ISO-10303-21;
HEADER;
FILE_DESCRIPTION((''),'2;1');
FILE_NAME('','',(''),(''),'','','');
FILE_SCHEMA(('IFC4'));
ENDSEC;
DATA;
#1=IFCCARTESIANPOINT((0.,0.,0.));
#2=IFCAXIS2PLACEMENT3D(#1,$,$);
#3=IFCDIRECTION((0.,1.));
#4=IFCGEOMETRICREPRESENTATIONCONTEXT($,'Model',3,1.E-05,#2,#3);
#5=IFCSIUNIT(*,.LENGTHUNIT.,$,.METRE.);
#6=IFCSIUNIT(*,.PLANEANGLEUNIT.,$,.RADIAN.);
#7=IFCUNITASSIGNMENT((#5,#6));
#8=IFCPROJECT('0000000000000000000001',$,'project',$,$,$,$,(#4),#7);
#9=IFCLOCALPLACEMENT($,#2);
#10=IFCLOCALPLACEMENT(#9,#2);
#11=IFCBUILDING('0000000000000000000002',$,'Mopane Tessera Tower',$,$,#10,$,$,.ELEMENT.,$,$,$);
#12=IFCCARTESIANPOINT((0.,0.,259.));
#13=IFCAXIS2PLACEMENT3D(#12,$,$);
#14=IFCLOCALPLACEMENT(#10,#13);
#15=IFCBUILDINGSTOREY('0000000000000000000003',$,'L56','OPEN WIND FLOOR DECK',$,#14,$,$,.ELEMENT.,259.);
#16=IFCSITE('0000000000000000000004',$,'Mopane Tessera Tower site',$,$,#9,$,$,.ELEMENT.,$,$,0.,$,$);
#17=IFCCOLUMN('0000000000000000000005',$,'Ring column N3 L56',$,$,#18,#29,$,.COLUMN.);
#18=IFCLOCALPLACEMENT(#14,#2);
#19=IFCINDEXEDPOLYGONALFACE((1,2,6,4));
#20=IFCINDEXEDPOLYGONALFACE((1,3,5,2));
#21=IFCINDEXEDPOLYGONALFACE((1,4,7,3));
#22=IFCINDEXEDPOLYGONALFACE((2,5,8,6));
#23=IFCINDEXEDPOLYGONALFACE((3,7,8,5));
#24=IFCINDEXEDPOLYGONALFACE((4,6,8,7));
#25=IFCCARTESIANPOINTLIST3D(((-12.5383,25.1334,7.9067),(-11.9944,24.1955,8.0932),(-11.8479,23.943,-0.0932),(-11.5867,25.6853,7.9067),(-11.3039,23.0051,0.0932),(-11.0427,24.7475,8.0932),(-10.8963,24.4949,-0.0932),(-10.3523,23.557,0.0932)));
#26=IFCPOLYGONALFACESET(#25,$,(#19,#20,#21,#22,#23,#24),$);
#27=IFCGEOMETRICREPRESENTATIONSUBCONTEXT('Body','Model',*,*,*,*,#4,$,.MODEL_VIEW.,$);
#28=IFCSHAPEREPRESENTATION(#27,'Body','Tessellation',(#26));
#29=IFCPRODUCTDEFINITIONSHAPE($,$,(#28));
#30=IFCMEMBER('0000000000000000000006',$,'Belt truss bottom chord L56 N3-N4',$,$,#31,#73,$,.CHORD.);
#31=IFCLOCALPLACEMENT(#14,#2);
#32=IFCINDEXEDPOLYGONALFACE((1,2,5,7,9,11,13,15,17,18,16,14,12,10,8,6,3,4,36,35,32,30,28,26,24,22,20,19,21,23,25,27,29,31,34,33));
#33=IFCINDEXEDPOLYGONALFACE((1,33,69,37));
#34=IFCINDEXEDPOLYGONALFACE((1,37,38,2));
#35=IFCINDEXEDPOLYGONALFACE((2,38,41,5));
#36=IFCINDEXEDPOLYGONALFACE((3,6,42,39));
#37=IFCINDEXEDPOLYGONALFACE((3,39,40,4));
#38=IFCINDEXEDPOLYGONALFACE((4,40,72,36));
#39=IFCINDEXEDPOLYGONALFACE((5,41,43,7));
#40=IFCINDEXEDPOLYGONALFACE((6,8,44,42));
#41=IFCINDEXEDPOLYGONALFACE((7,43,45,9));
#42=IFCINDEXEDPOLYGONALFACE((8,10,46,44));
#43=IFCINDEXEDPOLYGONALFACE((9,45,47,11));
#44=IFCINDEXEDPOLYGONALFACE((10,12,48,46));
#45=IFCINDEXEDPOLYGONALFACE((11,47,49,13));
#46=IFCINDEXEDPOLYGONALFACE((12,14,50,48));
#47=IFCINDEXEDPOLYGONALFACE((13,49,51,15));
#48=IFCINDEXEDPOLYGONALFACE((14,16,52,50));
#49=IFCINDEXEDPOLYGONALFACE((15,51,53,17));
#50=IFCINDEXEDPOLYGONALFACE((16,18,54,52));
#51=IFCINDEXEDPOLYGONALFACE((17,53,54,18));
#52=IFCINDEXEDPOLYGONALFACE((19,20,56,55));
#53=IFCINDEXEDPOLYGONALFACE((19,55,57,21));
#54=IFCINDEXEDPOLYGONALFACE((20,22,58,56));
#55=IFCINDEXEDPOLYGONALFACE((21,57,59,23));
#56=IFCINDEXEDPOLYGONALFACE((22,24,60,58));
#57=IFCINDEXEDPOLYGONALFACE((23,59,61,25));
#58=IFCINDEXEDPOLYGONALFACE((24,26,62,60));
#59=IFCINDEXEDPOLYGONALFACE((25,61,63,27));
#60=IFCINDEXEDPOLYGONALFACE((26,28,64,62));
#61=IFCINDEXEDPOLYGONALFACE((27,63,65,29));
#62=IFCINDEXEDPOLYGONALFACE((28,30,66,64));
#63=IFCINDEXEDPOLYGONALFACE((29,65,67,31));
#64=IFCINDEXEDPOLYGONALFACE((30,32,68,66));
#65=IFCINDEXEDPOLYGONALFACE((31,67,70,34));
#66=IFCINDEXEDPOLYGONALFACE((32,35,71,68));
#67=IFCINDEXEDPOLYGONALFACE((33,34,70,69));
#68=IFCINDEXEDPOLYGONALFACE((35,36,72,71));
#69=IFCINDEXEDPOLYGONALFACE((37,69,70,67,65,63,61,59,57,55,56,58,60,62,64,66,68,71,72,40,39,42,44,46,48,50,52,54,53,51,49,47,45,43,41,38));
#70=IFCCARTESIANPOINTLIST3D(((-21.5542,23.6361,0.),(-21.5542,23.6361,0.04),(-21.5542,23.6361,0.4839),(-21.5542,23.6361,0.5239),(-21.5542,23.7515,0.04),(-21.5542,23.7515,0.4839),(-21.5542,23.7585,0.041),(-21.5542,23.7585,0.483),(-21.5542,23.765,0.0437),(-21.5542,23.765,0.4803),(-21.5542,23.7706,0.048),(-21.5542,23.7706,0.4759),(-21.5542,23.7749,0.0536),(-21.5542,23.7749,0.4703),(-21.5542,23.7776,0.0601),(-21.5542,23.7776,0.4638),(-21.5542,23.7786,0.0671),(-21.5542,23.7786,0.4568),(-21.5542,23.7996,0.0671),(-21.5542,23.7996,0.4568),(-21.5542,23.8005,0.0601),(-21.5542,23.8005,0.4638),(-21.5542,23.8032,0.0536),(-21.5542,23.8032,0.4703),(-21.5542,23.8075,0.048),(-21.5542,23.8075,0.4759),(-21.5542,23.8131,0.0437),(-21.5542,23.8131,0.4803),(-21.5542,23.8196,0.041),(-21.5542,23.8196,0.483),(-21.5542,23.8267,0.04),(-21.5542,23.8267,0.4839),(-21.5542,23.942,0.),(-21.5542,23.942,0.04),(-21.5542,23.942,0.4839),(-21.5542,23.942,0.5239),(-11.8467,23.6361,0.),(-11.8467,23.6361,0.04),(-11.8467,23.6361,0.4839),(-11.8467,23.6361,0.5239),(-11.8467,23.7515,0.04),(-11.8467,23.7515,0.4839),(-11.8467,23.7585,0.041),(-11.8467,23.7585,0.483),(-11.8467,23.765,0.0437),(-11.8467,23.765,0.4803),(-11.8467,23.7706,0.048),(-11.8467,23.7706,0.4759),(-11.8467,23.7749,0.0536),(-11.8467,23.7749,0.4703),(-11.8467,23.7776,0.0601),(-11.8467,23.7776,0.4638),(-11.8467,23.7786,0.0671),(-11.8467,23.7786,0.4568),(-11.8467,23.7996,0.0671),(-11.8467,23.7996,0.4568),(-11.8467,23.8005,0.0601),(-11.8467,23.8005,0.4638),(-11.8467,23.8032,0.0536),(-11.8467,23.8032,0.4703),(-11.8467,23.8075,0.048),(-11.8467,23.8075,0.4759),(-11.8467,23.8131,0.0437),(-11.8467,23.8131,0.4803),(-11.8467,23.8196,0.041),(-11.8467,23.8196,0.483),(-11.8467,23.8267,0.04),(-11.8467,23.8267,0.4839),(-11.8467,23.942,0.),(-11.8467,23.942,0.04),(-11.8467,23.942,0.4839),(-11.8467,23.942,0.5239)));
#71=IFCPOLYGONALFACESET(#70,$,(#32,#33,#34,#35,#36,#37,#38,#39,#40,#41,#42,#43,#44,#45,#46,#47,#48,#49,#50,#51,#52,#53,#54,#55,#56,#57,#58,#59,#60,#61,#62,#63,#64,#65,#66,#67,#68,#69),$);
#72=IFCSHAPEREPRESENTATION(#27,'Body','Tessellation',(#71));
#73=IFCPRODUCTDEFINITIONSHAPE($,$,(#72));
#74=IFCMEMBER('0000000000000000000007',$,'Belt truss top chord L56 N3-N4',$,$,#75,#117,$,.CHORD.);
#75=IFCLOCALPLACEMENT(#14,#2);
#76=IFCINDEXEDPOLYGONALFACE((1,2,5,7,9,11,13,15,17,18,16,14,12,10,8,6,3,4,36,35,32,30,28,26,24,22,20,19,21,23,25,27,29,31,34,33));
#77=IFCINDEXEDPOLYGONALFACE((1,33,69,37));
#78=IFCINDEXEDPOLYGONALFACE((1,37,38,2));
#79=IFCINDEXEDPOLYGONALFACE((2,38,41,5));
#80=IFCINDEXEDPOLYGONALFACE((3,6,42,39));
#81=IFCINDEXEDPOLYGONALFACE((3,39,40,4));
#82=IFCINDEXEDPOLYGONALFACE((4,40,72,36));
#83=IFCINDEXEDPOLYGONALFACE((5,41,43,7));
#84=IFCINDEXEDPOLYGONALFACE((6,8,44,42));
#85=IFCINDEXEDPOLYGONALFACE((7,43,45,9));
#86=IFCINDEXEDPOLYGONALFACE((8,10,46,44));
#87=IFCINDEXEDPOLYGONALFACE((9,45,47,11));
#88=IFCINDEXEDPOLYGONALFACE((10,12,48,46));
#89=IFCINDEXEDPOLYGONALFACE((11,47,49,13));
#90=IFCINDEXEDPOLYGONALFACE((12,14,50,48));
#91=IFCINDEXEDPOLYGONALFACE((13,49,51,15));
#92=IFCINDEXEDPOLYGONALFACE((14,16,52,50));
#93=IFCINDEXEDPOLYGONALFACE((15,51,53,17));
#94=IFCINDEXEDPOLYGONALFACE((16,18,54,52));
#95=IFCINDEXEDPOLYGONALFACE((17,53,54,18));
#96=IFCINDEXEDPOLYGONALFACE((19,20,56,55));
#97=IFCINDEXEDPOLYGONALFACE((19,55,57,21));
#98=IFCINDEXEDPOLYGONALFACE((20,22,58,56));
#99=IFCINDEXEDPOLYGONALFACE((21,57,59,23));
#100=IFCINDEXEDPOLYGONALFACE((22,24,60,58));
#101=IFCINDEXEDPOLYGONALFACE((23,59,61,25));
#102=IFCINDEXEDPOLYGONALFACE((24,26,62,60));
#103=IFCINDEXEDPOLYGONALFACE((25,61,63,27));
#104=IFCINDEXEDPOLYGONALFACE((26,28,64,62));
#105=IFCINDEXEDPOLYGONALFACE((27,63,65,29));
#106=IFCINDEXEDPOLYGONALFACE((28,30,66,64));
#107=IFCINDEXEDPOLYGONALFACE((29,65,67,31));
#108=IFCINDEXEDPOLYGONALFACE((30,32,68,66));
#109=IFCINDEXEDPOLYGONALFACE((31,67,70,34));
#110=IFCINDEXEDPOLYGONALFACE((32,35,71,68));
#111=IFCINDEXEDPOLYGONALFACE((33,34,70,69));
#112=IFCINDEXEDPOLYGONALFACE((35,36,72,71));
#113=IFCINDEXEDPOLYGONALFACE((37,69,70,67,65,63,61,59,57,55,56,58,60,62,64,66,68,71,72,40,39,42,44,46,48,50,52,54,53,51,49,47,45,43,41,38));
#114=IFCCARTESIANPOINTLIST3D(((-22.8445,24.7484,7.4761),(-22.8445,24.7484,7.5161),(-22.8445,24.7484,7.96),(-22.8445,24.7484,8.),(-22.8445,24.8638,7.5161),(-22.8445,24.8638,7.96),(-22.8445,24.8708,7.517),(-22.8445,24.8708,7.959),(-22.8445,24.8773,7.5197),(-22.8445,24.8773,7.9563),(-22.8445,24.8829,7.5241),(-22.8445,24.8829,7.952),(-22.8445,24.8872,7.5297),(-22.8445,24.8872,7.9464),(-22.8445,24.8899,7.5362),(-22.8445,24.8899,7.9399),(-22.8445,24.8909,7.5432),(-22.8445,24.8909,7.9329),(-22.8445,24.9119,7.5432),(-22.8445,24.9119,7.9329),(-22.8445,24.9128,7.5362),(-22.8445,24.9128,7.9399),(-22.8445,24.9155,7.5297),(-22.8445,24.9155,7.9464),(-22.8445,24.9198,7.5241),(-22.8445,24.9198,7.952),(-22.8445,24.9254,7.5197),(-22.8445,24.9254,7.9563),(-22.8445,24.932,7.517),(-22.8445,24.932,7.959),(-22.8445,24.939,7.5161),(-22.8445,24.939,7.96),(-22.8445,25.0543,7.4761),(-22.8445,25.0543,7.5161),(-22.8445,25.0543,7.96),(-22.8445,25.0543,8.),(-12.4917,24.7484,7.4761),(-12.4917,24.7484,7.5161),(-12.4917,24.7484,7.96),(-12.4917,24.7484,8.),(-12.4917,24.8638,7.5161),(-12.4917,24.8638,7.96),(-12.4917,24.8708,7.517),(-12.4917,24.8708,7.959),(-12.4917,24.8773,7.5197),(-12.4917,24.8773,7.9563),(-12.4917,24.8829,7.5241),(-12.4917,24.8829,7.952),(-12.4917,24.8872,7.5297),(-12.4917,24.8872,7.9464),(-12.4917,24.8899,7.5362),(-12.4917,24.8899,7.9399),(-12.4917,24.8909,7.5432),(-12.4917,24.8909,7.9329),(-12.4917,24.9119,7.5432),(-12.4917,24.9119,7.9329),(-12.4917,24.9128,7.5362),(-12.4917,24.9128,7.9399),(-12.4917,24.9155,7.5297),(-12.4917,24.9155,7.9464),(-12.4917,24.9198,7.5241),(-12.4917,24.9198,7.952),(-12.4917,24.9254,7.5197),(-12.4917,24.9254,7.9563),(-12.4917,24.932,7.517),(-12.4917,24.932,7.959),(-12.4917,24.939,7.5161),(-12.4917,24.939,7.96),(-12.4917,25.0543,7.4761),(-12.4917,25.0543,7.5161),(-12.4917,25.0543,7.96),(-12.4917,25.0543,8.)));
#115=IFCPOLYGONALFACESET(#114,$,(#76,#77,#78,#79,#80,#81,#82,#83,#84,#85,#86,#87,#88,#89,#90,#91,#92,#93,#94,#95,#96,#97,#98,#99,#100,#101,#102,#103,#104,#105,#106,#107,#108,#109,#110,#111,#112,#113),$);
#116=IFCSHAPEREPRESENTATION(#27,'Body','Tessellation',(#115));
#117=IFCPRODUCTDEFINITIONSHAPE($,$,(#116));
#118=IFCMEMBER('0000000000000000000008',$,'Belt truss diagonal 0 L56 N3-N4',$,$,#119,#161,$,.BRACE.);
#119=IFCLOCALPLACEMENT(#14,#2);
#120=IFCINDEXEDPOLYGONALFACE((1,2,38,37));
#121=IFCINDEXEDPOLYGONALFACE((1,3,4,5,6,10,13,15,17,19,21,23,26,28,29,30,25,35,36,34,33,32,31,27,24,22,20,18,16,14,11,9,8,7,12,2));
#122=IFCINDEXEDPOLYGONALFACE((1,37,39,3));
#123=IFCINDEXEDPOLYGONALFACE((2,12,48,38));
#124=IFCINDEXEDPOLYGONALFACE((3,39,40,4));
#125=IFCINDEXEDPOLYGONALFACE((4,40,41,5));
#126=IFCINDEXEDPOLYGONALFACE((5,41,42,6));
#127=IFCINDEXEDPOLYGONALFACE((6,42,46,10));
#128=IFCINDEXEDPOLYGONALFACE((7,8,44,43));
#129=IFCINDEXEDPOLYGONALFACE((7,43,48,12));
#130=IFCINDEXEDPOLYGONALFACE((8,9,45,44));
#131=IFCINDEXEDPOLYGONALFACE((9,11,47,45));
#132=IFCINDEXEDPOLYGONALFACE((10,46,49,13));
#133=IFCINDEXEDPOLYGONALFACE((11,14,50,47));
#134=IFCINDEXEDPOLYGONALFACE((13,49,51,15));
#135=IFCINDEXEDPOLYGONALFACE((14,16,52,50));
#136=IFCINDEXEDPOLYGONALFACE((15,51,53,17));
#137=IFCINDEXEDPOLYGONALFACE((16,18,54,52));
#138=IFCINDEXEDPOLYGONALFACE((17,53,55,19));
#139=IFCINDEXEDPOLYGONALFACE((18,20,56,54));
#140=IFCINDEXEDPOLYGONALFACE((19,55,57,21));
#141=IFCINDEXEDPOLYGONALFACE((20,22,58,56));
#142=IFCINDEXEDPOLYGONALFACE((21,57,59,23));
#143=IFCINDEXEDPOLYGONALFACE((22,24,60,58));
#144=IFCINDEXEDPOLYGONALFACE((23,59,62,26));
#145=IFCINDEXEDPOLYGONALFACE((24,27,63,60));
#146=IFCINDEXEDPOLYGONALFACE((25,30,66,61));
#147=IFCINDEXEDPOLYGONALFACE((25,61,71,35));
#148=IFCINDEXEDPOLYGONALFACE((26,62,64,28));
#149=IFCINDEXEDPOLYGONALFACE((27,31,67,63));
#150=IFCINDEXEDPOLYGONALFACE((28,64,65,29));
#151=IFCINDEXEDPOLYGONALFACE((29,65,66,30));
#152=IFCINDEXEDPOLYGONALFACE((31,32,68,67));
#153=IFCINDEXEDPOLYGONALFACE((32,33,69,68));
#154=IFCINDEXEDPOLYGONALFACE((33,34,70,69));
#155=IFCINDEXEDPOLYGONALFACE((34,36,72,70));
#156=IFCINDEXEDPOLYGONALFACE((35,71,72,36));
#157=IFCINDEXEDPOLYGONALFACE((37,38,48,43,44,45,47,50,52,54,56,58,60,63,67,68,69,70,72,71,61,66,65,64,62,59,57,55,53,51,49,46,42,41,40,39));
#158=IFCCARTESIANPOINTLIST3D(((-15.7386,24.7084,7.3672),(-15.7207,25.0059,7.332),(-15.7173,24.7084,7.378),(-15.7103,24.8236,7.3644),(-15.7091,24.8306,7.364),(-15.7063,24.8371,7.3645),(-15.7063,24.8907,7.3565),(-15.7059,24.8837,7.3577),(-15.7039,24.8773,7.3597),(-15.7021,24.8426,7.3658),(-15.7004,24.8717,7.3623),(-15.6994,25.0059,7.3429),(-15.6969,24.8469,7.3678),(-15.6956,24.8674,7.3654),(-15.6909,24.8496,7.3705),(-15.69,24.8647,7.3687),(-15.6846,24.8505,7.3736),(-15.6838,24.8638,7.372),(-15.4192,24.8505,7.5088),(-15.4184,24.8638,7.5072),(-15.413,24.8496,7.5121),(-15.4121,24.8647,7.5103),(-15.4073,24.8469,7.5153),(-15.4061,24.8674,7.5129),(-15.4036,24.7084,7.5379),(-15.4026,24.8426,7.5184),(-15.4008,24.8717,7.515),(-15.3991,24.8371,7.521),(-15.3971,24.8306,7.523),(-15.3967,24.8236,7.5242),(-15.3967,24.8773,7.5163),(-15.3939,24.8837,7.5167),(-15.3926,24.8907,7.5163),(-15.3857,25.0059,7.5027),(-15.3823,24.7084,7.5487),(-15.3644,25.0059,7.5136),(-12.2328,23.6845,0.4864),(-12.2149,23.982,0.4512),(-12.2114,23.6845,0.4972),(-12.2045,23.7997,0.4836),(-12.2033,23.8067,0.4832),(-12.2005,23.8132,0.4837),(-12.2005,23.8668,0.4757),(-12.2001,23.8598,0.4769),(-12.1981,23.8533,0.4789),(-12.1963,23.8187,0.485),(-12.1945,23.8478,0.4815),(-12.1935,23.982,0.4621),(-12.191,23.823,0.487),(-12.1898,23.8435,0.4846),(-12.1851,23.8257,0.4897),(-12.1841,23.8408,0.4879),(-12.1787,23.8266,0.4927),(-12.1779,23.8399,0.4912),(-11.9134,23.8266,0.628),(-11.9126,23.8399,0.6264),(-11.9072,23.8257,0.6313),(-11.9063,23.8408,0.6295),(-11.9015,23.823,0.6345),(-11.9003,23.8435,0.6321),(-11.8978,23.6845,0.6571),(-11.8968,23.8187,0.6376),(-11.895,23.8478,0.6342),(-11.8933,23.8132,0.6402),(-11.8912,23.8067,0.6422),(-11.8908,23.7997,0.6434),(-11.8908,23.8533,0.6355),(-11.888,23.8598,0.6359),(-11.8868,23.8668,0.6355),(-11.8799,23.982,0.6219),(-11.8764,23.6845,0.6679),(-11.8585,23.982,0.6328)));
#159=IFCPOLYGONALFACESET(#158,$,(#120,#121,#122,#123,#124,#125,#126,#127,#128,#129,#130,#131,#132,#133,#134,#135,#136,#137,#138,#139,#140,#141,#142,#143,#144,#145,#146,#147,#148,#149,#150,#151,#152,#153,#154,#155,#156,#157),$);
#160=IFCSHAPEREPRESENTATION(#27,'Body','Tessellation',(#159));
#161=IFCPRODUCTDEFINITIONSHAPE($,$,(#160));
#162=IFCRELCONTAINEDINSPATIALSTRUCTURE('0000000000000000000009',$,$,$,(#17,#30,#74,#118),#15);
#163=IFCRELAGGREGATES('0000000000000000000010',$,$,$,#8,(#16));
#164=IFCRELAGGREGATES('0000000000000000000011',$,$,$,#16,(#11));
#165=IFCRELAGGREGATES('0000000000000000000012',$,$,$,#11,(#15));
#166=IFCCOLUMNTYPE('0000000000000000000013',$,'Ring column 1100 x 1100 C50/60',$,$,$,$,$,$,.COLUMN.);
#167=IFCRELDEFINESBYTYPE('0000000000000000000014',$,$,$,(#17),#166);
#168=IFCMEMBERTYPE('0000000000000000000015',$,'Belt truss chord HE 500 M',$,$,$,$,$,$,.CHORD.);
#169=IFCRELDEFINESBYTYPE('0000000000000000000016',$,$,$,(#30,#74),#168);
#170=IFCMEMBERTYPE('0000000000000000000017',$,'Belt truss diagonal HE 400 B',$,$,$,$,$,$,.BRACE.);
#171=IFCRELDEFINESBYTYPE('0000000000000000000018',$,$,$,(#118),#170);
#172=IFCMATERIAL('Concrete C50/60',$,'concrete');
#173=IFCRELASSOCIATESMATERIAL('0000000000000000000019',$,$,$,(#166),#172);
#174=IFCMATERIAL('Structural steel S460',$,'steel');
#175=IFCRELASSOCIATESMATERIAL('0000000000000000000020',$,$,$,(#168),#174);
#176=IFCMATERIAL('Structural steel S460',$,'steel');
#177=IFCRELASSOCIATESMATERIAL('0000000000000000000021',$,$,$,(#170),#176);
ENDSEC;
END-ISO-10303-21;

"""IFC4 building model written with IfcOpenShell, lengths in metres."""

from ifc_helpers import new_model, si_unit, direction, frame, origin, origin_2d, place, context, subcontext, project, spatial, rectangle, i_section, extrude, material, material_profile, profile_set, type_object, element, save


model = new_model("IFC4")

# Units and contexts
model_context = context("Model", 3, precision=1e-05, world=origin(), true_north=direction((0.0, 1.0)))
body_context = subcontext(model_context, "Body", "Model", "MODEL_VIEW")
ifc_project = project(units=[si_unit("LENGTHUNIT", "METRE"), si_unit("PLANEANGLEUNIT", "RADIAN")], contexts=[model_context])

# Site, building, storey
site_placement = place(None, origin())
site = spatial("IfcSite", under=ifc_project, at=site_placement, Name="Mopane Tessera Tower site", CompositionType="ELEMENT", RefElevation=0.0)
building_placement = place(site_placement, origin())
building = spatial("IfcBuilding", under=site, at=building_placement, Name="Mopane Tessera Tower", CompositionType="ELEMENT")
storey_placement = place(building_placement, frame((0.0, 0.0, 259.0)))
storey = spatial("IfcBuildingStorey", under=building, at=storey_placement, Name="L56", Description="OPEN WIND FLOOR DECK", CompositionType="ELEMENT", Elevation=259.0)

# Column
ifc_material_1 = material(Name="Concrete C50/60", Category="concrete")
ifc_material_profile_1 = material_profile(ifc_material_1, rectangle(XDim=1.1001, YDim=1.1001, at=origin_2d()))
ifc_profile_set_1 = profile_set([ifc_material_profile_1], Name="Concrete C50/60")
column_type = type_object("IfcColumnType", Name="Ring column 1100 x 1100 C50/60", PredefinedType="COLUMN", material=ifc_profile_set_1)
column_placement = place(storey_placement, frame((-11.1001, 23.75, 0.0), z_axis=(-0.085054, 0.14665, 0.985525), x_axis=(-0.865037, -0.501707, 0.0)))
element("IfcColumn", 1, at=column_placement, inside=storey, type_object=column_type, Name="Ring column N3 L56", PredefinedType="COLUMN", context=body_context, shape_type="SweptSolid", body=[
    extrude(rectangle(XDim=1.1001, YDim=1.1001, at=origin_2d()), origin(), (0.0, 0.0, 1.0), 8.1174),
])

# Members
ifc_material_2 = material(Name="Structural steel S460", Category="steel")
ifc_material_profile_2 = material_profile(ifc_material_2, i_section(OverallWidth=0.3059, OverallDepth=0.5239, WebThickness=0.021, FlangeThickness=0.04, FilletRadius=0.0271, at=origin_2d()))
ifc_profile_set_2 = profile_set([ifc_material_profile_2], Name="Structural steel S460")
member_type_1 = type_object("IfcMemberType", Name="Belt truss chord HE 500 M", PredefinedType="CHORD", material=ifc_profile_set_2)
member_1_placement = place(storey_placement, frame((-11.8467, 23.7891, 0.262), z_axis=(-1.0, 0.0, 0.0), x_axis=(0.0, -1.0, 0.0)))
element("IfcMember", 2, at=member_1_placement, inside=storey, type_object=member_type_1, Name="Belt truss bottom chord L56 N3-N4", PredefinedType="CHORD", context=body_context, shape_type="SweptSolid", body=[
    extrude(i_section(OverallWidth=0.3059, OverallDepth=0.5239, WebThickness=0.021, FlangeThickness=0.04, FilletRadius=0.0271, at=origin_2d()), origin(), (0.0, 0.0, 1.0), 9.7075),
])
member_2_placement = place(storey_placement, frame((-12.4917, 24.9014, 7.738), z_axis=(-1.0, 0.0, 0.0), x_axis=(0.0, -1.0, 0.0)))
element("IfcMember", 3, at=member_2_placement, inside=storey, type_object=member_type_1, Name="Belt truss top chord L56 N3-N4", PredefinedType="CHORD", context=body_context, shape_type="SweptSolid", body=[
    extrude(i_section(OverallWidth=0.3059, OverallDepth=0.5239, WebThickness=0.021, FlangeThickness=0.04, FilletRadius=0.0271, at=origin_2d()), origin(), (0.0, 0.0, 1.0), 10.3528),
])
ifc_material_3 = material(Name="Structural steel S460", Category="steel")
ifc_material_profile_3 = material_profile(ifc_material_3, i_section(OverallWidth=0.3, OverallDepth=0.3999, WebThickness=0.0134, FlangeThickness=0.0239, FilletRadius=0.0271, at=origin_2d()))
ifc_profile_set_3 = profile_set([ifc_material_profile_3], Name="Structural steel S460")
member_type_2 = type_object("IfcMemberType", Name="Belt truss diagonal HE 400 B", PredefinedType="BRACE", material=ifc_profile_set_3)
member_3_placement = place(storey_placement, frame((-12.0457, 23.8333, 0.5596), z_axis=(-0.45004, 0.131439, 0.883282), x_axis=(-0.059669, -0.991324, 0.117115)))
element("IfcMember", 4, at=member_3_placement, inside=storey, type_object=member_type_2, Name="Belt truss diagonal 0 L56 N3-N4", PredefinedType="BRACE", context=body_context, shape_type="SweptSolid", body=[
    extrude(i_section(OverallWidth=0.3, OverallDepth=0.3999, WebThickness=0.0134, FlangeThickness=0.0239, FilletRadius=0.0271, at=origin_2d()), origin(), (0.0, 0.0, 1.0), 7.79),
])

save(model, "model.ifc")
